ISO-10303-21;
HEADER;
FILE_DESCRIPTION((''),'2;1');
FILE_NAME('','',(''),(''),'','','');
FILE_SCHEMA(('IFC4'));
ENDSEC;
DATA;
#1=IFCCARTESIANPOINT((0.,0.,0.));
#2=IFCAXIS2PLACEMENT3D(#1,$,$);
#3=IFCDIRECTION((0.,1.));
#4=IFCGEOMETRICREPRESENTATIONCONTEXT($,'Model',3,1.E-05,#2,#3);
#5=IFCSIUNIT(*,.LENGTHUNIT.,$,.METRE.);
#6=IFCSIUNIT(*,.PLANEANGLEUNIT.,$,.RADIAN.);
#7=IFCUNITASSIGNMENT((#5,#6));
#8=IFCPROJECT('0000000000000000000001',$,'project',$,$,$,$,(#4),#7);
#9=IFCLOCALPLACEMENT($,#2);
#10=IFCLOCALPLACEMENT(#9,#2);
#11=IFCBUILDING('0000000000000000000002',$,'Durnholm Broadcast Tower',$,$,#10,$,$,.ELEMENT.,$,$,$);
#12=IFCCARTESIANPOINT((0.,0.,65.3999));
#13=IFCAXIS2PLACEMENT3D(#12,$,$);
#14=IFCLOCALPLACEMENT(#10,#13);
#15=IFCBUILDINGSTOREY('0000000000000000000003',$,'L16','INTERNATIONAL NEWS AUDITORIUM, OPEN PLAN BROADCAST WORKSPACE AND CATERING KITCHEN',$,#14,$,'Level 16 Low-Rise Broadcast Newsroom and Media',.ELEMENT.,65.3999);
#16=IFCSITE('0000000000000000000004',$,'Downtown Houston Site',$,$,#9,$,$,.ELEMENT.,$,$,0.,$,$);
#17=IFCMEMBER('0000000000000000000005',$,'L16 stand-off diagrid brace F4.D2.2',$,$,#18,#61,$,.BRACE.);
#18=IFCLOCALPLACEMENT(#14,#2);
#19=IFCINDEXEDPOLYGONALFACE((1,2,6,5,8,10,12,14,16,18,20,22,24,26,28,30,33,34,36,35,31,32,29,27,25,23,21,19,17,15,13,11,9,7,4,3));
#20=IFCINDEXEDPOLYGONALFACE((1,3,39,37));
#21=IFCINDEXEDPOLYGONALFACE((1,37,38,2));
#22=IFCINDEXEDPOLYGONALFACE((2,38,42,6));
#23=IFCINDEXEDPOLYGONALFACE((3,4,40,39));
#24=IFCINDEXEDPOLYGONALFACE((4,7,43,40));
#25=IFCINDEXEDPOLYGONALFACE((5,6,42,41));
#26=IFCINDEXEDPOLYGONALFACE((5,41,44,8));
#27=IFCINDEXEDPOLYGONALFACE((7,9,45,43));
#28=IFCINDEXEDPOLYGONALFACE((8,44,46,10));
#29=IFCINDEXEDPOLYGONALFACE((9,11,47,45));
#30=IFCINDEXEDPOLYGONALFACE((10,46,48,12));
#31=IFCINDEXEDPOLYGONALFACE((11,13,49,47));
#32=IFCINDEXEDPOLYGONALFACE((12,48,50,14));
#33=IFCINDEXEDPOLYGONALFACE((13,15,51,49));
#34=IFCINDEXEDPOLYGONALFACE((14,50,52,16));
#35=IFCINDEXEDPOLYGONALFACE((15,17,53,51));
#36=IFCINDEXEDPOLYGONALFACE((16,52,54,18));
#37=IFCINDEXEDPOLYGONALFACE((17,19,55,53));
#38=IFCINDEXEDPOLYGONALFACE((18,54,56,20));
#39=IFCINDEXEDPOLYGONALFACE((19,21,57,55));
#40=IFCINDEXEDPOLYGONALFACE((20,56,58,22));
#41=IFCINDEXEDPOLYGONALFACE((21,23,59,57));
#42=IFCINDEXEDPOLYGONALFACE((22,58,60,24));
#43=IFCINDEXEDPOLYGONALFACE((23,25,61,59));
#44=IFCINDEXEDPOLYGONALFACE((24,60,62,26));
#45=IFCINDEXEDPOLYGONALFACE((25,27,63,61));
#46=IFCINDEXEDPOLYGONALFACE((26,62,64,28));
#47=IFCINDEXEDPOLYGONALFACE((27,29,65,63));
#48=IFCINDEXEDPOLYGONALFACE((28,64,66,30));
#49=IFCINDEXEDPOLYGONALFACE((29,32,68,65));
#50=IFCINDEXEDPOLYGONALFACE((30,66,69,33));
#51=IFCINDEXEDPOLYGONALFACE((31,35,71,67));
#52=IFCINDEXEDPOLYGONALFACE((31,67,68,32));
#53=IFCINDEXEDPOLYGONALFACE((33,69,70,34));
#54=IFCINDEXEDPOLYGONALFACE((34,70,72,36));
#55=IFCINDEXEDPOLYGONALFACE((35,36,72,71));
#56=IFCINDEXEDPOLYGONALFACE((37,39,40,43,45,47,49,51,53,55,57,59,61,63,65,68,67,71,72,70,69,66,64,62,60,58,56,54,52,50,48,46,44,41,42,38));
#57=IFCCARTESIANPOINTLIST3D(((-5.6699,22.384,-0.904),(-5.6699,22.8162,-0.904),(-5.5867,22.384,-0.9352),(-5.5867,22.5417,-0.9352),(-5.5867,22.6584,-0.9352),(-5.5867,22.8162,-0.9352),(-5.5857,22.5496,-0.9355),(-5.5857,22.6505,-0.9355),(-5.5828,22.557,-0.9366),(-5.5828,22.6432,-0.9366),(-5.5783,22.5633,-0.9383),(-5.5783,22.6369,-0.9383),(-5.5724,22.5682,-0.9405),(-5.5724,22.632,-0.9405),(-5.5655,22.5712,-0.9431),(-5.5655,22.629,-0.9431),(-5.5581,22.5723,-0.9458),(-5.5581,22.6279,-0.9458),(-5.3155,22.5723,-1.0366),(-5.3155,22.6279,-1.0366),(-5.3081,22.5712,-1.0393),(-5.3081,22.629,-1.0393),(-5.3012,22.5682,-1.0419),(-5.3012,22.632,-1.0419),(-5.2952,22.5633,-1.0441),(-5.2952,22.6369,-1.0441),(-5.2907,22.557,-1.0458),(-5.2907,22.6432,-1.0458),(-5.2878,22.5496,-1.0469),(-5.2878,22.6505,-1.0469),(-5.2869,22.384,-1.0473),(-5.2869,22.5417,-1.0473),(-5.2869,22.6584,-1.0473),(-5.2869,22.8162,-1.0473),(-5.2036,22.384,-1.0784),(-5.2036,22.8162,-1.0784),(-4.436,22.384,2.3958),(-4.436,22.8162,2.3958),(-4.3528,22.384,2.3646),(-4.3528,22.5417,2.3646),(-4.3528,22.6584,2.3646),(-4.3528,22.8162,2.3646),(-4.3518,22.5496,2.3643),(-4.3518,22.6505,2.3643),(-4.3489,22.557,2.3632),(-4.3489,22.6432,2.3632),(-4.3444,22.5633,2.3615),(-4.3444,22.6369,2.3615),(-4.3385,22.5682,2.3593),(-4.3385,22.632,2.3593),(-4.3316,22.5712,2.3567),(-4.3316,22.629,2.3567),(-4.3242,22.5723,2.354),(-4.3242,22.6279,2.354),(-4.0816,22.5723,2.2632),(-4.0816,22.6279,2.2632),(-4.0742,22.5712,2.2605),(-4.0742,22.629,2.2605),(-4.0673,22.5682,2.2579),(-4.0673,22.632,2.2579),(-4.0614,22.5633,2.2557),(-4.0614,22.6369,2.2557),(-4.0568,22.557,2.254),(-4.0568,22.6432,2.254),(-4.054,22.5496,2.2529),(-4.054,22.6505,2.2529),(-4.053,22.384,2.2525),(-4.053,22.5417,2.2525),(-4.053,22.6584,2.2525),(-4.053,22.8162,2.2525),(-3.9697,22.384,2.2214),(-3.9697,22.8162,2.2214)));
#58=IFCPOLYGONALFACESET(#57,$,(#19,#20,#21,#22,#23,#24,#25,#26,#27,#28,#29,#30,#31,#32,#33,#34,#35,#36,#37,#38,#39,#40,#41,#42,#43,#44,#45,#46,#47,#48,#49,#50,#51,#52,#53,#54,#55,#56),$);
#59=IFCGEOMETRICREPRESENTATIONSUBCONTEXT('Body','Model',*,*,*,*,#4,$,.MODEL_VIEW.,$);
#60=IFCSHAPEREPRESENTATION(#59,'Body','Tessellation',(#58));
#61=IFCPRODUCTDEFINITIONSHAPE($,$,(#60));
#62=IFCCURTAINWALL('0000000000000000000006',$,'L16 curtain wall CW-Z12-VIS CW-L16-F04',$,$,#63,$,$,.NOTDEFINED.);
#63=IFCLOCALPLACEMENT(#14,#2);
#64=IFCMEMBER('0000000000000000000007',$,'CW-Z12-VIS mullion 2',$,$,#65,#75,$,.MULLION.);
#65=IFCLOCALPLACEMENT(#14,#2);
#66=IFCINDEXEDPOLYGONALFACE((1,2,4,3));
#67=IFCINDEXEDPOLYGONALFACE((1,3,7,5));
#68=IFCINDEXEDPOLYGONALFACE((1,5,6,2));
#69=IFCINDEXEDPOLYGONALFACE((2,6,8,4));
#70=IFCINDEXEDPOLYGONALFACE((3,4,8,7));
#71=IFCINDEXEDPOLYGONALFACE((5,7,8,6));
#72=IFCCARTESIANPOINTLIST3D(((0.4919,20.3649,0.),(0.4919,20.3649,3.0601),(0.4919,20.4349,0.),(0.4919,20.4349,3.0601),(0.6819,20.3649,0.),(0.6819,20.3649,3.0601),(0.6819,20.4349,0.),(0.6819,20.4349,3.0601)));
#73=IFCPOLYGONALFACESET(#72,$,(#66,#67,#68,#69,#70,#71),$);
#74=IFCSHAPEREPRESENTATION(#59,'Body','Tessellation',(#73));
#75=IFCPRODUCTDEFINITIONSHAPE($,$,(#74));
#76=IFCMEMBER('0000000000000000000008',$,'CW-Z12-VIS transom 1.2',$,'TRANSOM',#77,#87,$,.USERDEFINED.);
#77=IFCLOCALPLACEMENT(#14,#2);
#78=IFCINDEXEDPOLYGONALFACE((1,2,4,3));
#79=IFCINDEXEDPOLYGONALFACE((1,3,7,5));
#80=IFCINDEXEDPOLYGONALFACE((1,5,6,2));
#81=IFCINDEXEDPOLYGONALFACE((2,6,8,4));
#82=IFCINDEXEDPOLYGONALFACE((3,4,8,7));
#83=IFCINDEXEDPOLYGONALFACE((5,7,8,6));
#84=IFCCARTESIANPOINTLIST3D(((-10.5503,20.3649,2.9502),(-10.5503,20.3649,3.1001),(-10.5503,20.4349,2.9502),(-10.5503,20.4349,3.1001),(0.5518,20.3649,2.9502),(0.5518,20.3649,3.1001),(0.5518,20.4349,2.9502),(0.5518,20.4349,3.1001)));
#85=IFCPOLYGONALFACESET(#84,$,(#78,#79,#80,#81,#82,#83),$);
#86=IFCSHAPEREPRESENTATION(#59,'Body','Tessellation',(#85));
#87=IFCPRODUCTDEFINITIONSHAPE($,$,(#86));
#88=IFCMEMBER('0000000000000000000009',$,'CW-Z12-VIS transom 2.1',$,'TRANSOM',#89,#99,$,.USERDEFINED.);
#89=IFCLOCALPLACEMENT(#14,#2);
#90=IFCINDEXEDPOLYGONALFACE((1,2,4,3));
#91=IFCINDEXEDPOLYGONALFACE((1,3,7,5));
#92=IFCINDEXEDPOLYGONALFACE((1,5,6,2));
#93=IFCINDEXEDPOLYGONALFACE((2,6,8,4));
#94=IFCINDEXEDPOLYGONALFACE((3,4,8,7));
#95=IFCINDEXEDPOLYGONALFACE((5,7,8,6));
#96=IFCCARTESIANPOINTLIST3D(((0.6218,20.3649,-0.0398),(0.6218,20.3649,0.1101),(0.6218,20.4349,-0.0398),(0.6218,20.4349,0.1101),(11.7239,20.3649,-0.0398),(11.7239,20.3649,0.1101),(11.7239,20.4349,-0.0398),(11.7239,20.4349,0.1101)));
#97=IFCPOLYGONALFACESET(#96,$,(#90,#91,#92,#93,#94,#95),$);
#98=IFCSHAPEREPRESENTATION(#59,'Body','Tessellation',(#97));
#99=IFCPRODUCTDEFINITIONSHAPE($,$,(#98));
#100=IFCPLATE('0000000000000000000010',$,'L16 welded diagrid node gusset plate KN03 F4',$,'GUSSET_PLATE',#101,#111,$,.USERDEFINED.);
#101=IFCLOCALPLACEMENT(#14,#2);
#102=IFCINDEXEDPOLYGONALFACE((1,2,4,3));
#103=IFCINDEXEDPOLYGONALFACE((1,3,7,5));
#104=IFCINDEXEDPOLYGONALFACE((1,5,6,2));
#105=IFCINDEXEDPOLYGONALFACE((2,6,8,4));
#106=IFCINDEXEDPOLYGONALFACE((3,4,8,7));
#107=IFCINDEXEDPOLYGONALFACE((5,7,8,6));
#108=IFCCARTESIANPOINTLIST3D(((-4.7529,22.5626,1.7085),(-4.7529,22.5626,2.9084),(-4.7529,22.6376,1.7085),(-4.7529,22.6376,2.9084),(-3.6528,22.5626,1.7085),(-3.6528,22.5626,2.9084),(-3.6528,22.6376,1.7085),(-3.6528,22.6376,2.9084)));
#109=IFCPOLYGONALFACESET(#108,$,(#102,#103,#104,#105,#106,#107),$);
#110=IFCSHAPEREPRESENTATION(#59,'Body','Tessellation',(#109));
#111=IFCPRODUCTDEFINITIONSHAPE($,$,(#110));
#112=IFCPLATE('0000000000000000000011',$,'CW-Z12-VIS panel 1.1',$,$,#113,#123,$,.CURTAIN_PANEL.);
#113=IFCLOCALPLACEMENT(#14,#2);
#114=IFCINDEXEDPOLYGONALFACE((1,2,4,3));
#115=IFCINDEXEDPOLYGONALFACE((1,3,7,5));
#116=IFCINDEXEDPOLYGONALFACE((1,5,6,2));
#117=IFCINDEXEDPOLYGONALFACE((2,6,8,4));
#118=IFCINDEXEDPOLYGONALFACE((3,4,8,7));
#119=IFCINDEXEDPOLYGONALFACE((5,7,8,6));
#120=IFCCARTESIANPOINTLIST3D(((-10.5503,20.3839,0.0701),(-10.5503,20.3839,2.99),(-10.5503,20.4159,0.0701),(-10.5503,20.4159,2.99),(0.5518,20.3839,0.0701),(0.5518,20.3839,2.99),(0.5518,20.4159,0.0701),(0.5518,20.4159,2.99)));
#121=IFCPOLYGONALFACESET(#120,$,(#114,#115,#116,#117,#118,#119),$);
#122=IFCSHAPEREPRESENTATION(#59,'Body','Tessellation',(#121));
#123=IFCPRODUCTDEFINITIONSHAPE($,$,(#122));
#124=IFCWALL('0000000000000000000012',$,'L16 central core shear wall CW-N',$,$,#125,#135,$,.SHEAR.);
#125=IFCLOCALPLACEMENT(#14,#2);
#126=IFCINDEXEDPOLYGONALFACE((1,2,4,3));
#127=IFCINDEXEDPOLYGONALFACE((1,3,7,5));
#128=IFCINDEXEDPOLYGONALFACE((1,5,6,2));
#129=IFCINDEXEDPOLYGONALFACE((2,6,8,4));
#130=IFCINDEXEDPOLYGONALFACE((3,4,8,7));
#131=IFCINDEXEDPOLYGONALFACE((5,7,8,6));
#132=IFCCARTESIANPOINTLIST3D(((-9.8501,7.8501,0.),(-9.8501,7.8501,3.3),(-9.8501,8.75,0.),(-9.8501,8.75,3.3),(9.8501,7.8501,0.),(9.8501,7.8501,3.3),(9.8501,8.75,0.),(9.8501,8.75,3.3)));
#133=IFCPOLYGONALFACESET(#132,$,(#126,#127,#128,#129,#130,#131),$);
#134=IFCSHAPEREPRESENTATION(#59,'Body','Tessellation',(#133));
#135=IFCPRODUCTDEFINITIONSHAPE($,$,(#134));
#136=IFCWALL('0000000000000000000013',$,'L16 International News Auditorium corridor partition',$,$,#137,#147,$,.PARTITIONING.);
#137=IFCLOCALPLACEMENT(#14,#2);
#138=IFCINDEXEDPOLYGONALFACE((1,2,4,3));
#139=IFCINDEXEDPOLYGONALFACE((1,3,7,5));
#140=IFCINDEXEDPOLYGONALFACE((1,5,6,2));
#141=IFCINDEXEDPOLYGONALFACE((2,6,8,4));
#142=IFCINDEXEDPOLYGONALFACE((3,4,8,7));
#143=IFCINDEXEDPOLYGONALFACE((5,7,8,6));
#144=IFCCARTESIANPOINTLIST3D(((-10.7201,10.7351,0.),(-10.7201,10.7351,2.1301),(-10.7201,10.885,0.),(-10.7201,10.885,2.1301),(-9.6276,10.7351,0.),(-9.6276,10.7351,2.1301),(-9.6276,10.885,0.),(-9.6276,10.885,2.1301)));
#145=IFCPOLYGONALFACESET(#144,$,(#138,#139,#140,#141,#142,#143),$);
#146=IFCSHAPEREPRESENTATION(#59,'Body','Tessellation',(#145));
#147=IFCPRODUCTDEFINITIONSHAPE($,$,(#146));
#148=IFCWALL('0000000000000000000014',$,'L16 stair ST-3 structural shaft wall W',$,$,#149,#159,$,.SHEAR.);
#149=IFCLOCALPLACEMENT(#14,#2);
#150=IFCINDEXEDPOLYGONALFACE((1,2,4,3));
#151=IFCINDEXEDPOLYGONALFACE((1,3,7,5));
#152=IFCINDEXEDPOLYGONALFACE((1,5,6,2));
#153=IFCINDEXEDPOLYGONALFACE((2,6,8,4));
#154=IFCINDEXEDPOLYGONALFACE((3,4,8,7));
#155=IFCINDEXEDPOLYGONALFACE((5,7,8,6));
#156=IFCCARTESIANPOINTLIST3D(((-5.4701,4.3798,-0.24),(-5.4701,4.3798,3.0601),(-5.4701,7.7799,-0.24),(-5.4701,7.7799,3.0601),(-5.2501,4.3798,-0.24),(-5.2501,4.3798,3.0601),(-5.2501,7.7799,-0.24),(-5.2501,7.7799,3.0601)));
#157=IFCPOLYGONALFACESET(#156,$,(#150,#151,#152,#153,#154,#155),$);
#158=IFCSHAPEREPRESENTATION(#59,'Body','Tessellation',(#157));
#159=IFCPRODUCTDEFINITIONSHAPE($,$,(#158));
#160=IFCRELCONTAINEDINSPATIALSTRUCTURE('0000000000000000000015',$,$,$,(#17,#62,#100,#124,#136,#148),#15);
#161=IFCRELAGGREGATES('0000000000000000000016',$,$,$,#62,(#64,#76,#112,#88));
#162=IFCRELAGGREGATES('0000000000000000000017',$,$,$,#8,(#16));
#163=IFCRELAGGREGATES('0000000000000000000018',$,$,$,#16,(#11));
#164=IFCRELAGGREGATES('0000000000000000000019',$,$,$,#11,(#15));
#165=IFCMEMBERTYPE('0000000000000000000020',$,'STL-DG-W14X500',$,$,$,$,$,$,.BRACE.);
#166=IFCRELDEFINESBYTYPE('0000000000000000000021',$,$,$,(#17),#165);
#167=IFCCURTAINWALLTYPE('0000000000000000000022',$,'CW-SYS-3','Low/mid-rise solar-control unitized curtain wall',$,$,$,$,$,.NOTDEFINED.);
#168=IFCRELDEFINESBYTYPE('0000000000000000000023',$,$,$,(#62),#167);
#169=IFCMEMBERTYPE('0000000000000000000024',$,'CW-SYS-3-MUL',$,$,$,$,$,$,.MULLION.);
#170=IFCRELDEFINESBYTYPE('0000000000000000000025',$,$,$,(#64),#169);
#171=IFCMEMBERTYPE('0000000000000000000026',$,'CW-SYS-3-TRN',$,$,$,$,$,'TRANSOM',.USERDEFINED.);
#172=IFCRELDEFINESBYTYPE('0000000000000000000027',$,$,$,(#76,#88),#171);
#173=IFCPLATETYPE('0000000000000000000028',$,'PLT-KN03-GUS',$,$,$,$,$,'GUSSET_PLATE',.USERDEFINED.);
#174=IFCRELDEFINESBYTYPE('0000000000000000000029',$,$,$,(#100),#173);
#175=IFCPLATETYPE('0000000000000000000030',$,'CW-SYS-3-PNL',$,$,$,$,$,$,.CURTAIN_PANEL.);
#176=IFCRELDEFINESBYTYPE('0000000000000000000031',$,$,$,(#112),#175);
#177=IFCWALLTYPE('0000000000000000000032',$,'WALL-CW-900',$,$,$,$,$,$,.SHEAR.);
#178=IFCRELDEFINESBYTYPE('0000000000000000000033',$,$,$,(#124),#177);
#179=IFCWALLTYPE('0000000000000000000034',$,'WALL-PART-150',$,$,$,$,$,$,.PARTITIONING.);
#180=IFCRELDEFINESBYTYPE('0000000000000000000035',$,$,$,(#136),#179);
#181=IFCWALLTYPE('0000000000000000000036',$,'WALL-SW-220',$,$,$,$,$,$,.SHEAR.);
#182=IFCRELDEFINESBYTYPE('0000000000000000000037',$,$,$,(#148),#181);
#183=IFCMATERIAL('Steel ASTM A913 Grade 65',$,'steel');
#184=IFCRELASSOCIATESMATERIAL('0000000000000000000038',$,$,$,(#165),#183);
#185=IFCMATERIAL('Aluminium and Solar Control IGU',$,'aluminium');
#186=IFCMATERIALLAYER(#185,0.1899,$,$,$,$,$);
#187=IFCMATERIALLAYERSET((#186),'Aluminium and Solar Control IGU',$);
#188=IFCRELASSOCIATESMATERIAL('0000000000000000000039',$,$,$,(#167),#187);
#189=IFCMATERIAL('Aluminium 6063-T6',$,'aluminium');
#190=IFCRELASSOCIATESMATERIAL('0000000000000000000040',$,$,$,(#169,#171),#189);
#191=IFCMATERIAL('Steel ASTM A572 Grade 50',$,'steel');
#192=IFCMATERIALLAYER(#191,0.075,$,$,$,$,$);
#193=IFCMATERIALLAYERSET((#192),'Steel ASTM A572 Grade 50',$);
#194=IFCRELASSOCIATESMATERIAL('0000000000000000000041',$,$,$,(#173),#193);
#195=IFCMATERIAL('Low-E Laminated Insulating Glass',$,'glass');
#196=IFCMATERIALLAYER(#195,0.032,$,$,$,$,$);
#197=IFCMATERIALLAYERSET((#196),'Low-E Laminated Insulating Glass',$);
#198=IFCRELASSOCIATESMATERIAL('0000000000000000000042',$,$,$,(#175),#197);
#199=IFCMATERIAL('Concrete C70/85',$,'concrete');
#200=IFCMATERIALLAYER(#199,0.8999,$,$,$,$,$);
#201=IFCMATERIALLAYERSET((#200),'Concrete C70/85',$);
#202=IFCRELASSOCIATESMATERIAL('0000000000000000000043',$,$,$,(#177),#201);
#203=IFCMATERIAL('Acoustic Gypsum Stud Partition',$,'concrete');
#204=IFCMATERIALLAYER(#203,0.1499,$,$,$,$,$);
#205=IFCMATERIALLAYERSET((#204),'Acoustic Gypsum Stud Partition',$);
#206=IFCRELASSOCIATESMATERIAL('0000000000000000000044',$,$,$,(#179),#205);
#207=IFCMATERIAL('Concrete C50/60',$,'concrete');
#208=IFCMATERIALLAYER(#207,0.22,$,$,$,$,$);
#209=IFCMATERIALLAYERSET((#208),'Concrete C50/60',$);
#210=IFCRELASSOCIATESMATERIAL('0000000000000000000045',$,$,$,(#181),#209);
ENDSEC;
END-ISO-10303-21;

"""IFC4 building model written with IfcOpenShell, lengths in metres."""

from ifc_helpers import new_model, si_unit, direction, frame, frame_2d, origin, origin_2d, place, context, subcontext, project, spatial, rectangle, i_section, extrude, source, transform, mapped, material, layer, layer_set, material_profile, profile_set, type_object, type_shapes, element, aggregate, save


model = new_model("IFC4")

# Units and contexts
model_context = context("Model", 3, precision=1e-05, world=origin(), true_north=direction((0.0, 1.0)))
body_context = subcontext(model_context, "Body", "Model", "MODEL_VIEW")
ifc_project = project(units=[si_unit("LENGTHUNIT", "METRE"), si_unit("PLANEANGLEUNIT", "RADIAN")], contexts=[model_context])

# Site, building, storey
site_placement = place(None, origin())
site = spatial("IfcSite", under=ifc_project, at=site_placement, Name="Downtown Houston Site", CompositionType="ELEMENT", RefElevation=0.0)
building_placement = place(site_placement, origin())
building = spatial("IfcBuilding", under=site, at=building_placement, Name="Durnholm Broadcast Tower", CompositionType="ELEMENT")
storey_placement = place(building_placement, frame((0.0, 0.0, 65.3999)))
storey = spatial("IfcBuildingStorey", under=building, at=storey_placement, Name="L16", Description="INTERNATIONAL NEWS AUDITORIUM, OPEN PLAN BROADCAST WORKSPACE AND CATERING KITCHEN", LongName="Level 16 Low-Rise Broadcast Newsroom and Media", CompositionType="ELEMENT", Elevation=65.3999)

# Shared definitions
ifc_material_1 = material(Name="Concrete C70/85", Category="concrete")

# Member
ifc_material_2 = material(Name="Steel ASTM A913 Grade 65", Category="steel")
ifc_material_profile_1 = material_profile(ifc_material_2, i_section(OverallWidth=0.4321, OverallDepth=0.4978, WebThickness=0.0557, FlangeThickness=0.0889, FilletRadius=0.0305, at=origin_2d()), Name="W14X500")
ifc_profile_set_1 = profile_set([ifc_material_profile_1], Name="Steel ASTM A913 Grade 65")
member_type_1 = type_object("IfcMemberType", Name="STL-DG-W14X500", PredefinedType="BRACE", material=ifc_profile_set_1)
shared_shape_1 = source(origin(), body_context, "Body", "SweptSolid", [
    extrude(i_section(OverallWidth=0.4321, OverallDepth=0.4978, WebThickness=0.0557, FlangeThickness=0.0889, FilletRadius=0.0305, at=origin_2d()), origin(), (0.0, 0.0, 1.0), 3.5229),
])
type_shapes(member_type_1, [shared_shape_1])
for number, where, z_axis, x_axis, name in (
    (1, (-5.4368, 22.6001, -0.9912), (0.350242, 0.0, 0.936659), (0.0, 1.0, 0.0), "L16 stand-off diagrid brace F4.D2.2"),
):
    element("IfcMember", number, at=place(storey_placement, frame(where, z_axis=z_axis, x_axis=x_axis)), inside=storey, type_object=member_type_1, Name=name, PredefinedType="BRACE", context=body_context, shape_type="MappedRepresentation", body=[
        mapped(shared_shape_1, transform((0.0, 0.0, 0.0), x_axis=(1.0, 0.0, 0.0), y_axis=(0.0, 1.0, 0.0), z_axis=(0.0, 0.0, 1.0), scale=1.0)),
    ])

# Curtain wall, members
ifc_material_3 = material(Name="Aluminium and Solar Control IGU", Category="aluminium")
ifc_layer_1 = layer(ifc_material_3, 0.1899)
ifc_layer_set_1 = layer_set([ifc_layer_1], Name="Aluminium and Solar Control IGU")
curtain_wall_type = type_object("IfcCurtainWallType", Name="CW-SYS-3", Description="Low/mid-rise solar-control unitized curtain wall", PredefinedType="NOTDEFINED", material=ifc_layer_set_1)
curtain_wall_placement = place(storey_placement, origin())
curtain_wall = element("IfcCurtainWall", 2, at=curtain_wall_placement, inside=storey, type_object=curtain_wall_type, Name="L16 curtain wall CW-Z12-VIS CW-L16-F04", PredefinedType="NOTDEFINED")
ifc_material_4 = material(Name="Aluminium 6063-T6", Category="aluminium")
ifc_material_profile_2 = material_profile(ifc_material_4, rectangle(XDim=0.0701, YDim=0.1899, at=origin_2d()), Name="CWM70X190")
ifc_profile_set_2 = profile_set([ifc_material_profile_2], Name="Aluminium 6063-T6")
member_type_2 = type_object("IfcMemberType", Name="CW-SYS-3-MUL", PredefinedType="MULLION", material=ifc_profile_set_2)
shared_shape_2 = source(origin(), body_context, "Body", "SweptSolid", [
    extrude(rectangle(XDim=0.0701, YDim=0.1899, at=origin_2d()), origin(), (0.0, 0.0, 1.0), 3.0601),
])
type_shapes(member_type_2, [shared_shape_2])
member_1_placement = place(storey_placement, frame((0.5869, 20.3999, 0.0), z_axis=(0.0, 0.0, 1.0), x_axis=(0.0, 1.0, 0.0)))
member_1 = element("IfcMember", 3, at=member_1_placement, type_object=member_type_2, Name="CW-Z12-VIS mullion 2", PredefinedType="MULLION", context=body_context, shape_type="MappedRepresentation", body=[
    mapped(shared_shape_2, transform((0.0, 0.0, 0.0), x_axis=(1.0, 0.0, 0.0), y_axis=(0.0, 1.0, 0.0), z_axis=(0.0, 0.0, 1.0), scale=1.0)),
])
ifc_material_profile_3 = material_profile(ifc_material_4, rectangle(XDim=0.0701, YDim=0.1499, at=origin_2d()), Name="CWT70X150")
ifc_profile_set_3 = profile_set([ifc_material_profile_3], Name="Aluminium 6063-T6")
member_type_3 = type_object("IfcMemberType", Name="CW-SYS-3-TRN", ElementType="TRANSOM", PredefinedType="USERDEFINED", material=ifc_profile_set_3)
shared_shape_3 = source(origin(), body_context, "Body", "SweptSolid", [
    extrude(rectangle(XDim=0.0701, YDim=0.1499, at=origin_2d()), origin(), (0.0, 0.0, 1.0), 11.1021),
])
type_shapes(member_type_3, [shared_shape_3])
member_2_placement = place(storey_placement, frame((-10.5503, 20.3999, 3.0251), z_axis=(1.0, 0.0, 0.0), x_axis=(0.0, 1.0, 0.0)))
member_2 = element("IfcMember", 4, at=member_2_placement, type_object=member_type_3, Name="CW-Z12-VIS transom 1.2", ObjectType="TRANSOM", PredefinedType="USERDEFINED", context=body_context, shape_type="MappedRepresentation", body=[
    mapped(shared_shape_3, transform((0.0, 0.0, 0.0), x_axis=(1.0, 0.0, 0.0), y_axis=(0.0, 1.0, 0.0), z_axis=(0.0, 0.0, 1.0), scale=1.0)),
])
member_3_placement = place(storey_placement, frame((0.6218, 20.3999, 0.0352), z_axis=(1.0, 0.0, 0.0), x_axis=(0.0, 1.0, 0.0)))
member_3 = element("IfcMember", 5, at=member_3_placement, type_object=member_type_3, Name="CW-Z12-VIS transom 2.1", ObjectType="TRANSOM", PredefinedType="USERDEFINED", context=body_context, shape_type="MappedRepresentation", body=[
    mapped(shared_shape_3, transform((0.0, 0.0, 0.0), x_axis=(1.0, 0.0, 0.0), y_axis=(0.0, 1.0, 0.0), z_axis=(0.0, 0.0, 1.0), scale=1.0)),
])

# Plates
ifc_material_5 = material(Name="Steel ASTM A572 Grade 50", Category="steel")
ifc_layer_2 = layer(ifc_material_5, 0.075)
ifc_layer_set_2 = layer_set([ifc_layer_2], Name="Steel ASTM A572 Grade 50")
plate_type_1 = type_object("IfcPlateType", Name="PLT-KN03-GUS", ElementType="GUSSET_PLATE", PredefinedType="USERDEFINED", material=ifc_layer_set_2)
shared_shape_4 = source(origin(), body_context, "Body", "SweptSolid", [
    extrude(rectangle(XDim=1.1001, YDim=0.075, at=origin_2d()), origin(), (0.0, 0.0, 1.0), 1.2),
])
type_shapes(plate_type_1, [shared_shape_4])
plate_1_placement = place(storey_placement, frame((-4.2029, 22.6001, 1.7085), z_axis=(0.0, 0.0, 1.0), x_axis=(-1.0, 0.0, 0.0)))
element("IfcPlate", 6, at=plate_1_placement, inside=storey, type_object=plate_type_1, Name="L16 welded diagrid node gusset plate KN03 F4", ObjectType="GUSSET_PLATE", PredefinedType="USERDEFINED", context=body_context, shape_type="MappedRepresentation", body=[
    mapped(shared_shape_4, transform((0.0, 0.0, 0.0), x_axis=(1.0, 0.0, 0.0), y_axis=(0.0, 1.0, 0.0), z_axis=(0.0, 0.0, 1.0), scale=1.0)),
])
ifc_material_6 = material(Name="Low-E Laminated Insulating Glass", Category="glass")
ifc_layer_3 = layer(ifc_material_6, 0.032)
ifc_layer_set_3 = layer_set([ifc_layer_3], Name="Low-E Laminated Insulating Glass")
plate_type_2 = type_object("IfcPlateType", Name="CW-SYS-3-PNL", PredefinedType="CURTAIN_PANEL", material=ifc_layer_set_3)
shared_shape_5 = source(origin(), body_context, "Body", "SweptSolid", [
    extrude(rectangle(XDim=11.1021, YDim=0.032, at=origin_2d()), origin(), (0.0, 0.0, 1.0), 2.9199),
])
type_shapes(plate_type_2, [shared_shape_5])
plate_2_placement = place(storey_placement, frame((-4.9993, 20.3999, 0.0701), z_axis=(0.0, 0.0, 1.0), x_axis=(1.0, 0.0, 0.0)))
plate_2 = element("IfcPlate", 7, at=plate_2_placement, type_object=plate_type_2, Name="CW-Z12-VIS panel 1.1", PredefinedType="CURTAIN_PANEL", context=body_context, shape_type="MappedRepresentation", body=[
    mapped(shared_shape_5, transform((0.0, 0.0, 0.0), x_axis=(1.0, 0.0, 0.0), y_axis=(0.0, 1.0, 0.0), z_axis=(0.0, 0.0, 1.0), scale=1.0)),
])
aggregate(curtain_wall, [member_1, member_2, plate_2, member_3])

# Walls
ifc_layer_4 = layer(ifc_material_1, 0.8999)
ifc_layer_set_4 = layer_set([ifc_layer_4], Name="Concrete C70/85")
wall_type_1 = type_object("IfcWallType", Name="WALL-CW-900", PredefinedType="SHEAR", material=ifc_layer_set_4)
wall_1_placement = place(storey_placement, frame((-9.8501, 8.3, 0.0), z_axis=(0.0, 0.0, 1.0), x_axis=(1.0, 0.0, 0.0)))
element("IfcWall", 8, at=wall_1_placement, inside=storey, type_object=wall_type_1, Name="L16 central core shear wall CW-N", PredefinedType="SHEAR", context=body_context, shape_type="SweptSolid", body=[
    extrude(rectangle(XDim=19.7002, YDim=0.8999, at=frame_2d((9.8501, 0.0))), origin(), (0.0, 0.0, 1.0), 3.3),
])
ifc_material_7 = material(Name="Acoustic Gypsum Stud Partition", Category="concrete")
ifc_layer_5 = layer(ifc_material_7, 0.1499)
ifc_layer_set_5 = layer_set([ifc_layer_5], Name="Acoustic Gypsum Stud Partition")
wall_type_2 = type_object("IfcWallType", Name="WALL-PART-150", PredefinedType="PARTITIONING", material=ifc_layer_set_5)
wall_2_placement = place(storey_placement, frame((-9.6274, 10.8101, 0.0), z_axis=(0.0, 0.0, 1.0), x_axis=(-1.0, 0.0, 0.0)))
element("IfcWall", 9, at=wall_2_placement, inside=storey, type_object=wall_type_2, Name="L16 International News Auditorium corridor partition", PredefinedType="PARTITIONING", context=body_context, shape_type="SweptSolid", body=[
    extrude(rectangle(XDim=1.0925, YDim=0.1499, at=frame_2d((0.5464, 0.0))), origin(), (0.0, 0.0, 1.0), 2.1301),
])
ifc_material_8 = material(Name="Concrete C50/60", Category="concrete")
ifc_layer_6 = layer(ifc_material_8, 0.22)
ifc_layer_set_6 = layer_set([ifc_layer_6], Name="Concrete C50/60")
wall_type_3 = type_object("IfcWallType", Name="WALL-SW-220", PredefinedType="SHEAR", material=ifc_layer_set_6)
wall_3_placement = place(storey_placement, frame((-5.3601, 7.78, -0.24), z_axis=(0.0, 0.0, 1.0), x_axis=(0.0, -1.0, 0.0)))
element("IfcWall", 10, at=wall_3_placement, inside=storey, type_object=wall_type_3, Name="L16 stair ST-3 structural shaft wall W", PredefinedType="SHEAR", context=body_context, shape_type="SweptSolid", body=[
    extrude(rectangle(XDim=3.4001, YDim=0.22, at=frame_2d((1.7002, 0.0))), origin(), (0.0, 0.0, 1.0), 3.3),
])

save(model, "model.ifc")
